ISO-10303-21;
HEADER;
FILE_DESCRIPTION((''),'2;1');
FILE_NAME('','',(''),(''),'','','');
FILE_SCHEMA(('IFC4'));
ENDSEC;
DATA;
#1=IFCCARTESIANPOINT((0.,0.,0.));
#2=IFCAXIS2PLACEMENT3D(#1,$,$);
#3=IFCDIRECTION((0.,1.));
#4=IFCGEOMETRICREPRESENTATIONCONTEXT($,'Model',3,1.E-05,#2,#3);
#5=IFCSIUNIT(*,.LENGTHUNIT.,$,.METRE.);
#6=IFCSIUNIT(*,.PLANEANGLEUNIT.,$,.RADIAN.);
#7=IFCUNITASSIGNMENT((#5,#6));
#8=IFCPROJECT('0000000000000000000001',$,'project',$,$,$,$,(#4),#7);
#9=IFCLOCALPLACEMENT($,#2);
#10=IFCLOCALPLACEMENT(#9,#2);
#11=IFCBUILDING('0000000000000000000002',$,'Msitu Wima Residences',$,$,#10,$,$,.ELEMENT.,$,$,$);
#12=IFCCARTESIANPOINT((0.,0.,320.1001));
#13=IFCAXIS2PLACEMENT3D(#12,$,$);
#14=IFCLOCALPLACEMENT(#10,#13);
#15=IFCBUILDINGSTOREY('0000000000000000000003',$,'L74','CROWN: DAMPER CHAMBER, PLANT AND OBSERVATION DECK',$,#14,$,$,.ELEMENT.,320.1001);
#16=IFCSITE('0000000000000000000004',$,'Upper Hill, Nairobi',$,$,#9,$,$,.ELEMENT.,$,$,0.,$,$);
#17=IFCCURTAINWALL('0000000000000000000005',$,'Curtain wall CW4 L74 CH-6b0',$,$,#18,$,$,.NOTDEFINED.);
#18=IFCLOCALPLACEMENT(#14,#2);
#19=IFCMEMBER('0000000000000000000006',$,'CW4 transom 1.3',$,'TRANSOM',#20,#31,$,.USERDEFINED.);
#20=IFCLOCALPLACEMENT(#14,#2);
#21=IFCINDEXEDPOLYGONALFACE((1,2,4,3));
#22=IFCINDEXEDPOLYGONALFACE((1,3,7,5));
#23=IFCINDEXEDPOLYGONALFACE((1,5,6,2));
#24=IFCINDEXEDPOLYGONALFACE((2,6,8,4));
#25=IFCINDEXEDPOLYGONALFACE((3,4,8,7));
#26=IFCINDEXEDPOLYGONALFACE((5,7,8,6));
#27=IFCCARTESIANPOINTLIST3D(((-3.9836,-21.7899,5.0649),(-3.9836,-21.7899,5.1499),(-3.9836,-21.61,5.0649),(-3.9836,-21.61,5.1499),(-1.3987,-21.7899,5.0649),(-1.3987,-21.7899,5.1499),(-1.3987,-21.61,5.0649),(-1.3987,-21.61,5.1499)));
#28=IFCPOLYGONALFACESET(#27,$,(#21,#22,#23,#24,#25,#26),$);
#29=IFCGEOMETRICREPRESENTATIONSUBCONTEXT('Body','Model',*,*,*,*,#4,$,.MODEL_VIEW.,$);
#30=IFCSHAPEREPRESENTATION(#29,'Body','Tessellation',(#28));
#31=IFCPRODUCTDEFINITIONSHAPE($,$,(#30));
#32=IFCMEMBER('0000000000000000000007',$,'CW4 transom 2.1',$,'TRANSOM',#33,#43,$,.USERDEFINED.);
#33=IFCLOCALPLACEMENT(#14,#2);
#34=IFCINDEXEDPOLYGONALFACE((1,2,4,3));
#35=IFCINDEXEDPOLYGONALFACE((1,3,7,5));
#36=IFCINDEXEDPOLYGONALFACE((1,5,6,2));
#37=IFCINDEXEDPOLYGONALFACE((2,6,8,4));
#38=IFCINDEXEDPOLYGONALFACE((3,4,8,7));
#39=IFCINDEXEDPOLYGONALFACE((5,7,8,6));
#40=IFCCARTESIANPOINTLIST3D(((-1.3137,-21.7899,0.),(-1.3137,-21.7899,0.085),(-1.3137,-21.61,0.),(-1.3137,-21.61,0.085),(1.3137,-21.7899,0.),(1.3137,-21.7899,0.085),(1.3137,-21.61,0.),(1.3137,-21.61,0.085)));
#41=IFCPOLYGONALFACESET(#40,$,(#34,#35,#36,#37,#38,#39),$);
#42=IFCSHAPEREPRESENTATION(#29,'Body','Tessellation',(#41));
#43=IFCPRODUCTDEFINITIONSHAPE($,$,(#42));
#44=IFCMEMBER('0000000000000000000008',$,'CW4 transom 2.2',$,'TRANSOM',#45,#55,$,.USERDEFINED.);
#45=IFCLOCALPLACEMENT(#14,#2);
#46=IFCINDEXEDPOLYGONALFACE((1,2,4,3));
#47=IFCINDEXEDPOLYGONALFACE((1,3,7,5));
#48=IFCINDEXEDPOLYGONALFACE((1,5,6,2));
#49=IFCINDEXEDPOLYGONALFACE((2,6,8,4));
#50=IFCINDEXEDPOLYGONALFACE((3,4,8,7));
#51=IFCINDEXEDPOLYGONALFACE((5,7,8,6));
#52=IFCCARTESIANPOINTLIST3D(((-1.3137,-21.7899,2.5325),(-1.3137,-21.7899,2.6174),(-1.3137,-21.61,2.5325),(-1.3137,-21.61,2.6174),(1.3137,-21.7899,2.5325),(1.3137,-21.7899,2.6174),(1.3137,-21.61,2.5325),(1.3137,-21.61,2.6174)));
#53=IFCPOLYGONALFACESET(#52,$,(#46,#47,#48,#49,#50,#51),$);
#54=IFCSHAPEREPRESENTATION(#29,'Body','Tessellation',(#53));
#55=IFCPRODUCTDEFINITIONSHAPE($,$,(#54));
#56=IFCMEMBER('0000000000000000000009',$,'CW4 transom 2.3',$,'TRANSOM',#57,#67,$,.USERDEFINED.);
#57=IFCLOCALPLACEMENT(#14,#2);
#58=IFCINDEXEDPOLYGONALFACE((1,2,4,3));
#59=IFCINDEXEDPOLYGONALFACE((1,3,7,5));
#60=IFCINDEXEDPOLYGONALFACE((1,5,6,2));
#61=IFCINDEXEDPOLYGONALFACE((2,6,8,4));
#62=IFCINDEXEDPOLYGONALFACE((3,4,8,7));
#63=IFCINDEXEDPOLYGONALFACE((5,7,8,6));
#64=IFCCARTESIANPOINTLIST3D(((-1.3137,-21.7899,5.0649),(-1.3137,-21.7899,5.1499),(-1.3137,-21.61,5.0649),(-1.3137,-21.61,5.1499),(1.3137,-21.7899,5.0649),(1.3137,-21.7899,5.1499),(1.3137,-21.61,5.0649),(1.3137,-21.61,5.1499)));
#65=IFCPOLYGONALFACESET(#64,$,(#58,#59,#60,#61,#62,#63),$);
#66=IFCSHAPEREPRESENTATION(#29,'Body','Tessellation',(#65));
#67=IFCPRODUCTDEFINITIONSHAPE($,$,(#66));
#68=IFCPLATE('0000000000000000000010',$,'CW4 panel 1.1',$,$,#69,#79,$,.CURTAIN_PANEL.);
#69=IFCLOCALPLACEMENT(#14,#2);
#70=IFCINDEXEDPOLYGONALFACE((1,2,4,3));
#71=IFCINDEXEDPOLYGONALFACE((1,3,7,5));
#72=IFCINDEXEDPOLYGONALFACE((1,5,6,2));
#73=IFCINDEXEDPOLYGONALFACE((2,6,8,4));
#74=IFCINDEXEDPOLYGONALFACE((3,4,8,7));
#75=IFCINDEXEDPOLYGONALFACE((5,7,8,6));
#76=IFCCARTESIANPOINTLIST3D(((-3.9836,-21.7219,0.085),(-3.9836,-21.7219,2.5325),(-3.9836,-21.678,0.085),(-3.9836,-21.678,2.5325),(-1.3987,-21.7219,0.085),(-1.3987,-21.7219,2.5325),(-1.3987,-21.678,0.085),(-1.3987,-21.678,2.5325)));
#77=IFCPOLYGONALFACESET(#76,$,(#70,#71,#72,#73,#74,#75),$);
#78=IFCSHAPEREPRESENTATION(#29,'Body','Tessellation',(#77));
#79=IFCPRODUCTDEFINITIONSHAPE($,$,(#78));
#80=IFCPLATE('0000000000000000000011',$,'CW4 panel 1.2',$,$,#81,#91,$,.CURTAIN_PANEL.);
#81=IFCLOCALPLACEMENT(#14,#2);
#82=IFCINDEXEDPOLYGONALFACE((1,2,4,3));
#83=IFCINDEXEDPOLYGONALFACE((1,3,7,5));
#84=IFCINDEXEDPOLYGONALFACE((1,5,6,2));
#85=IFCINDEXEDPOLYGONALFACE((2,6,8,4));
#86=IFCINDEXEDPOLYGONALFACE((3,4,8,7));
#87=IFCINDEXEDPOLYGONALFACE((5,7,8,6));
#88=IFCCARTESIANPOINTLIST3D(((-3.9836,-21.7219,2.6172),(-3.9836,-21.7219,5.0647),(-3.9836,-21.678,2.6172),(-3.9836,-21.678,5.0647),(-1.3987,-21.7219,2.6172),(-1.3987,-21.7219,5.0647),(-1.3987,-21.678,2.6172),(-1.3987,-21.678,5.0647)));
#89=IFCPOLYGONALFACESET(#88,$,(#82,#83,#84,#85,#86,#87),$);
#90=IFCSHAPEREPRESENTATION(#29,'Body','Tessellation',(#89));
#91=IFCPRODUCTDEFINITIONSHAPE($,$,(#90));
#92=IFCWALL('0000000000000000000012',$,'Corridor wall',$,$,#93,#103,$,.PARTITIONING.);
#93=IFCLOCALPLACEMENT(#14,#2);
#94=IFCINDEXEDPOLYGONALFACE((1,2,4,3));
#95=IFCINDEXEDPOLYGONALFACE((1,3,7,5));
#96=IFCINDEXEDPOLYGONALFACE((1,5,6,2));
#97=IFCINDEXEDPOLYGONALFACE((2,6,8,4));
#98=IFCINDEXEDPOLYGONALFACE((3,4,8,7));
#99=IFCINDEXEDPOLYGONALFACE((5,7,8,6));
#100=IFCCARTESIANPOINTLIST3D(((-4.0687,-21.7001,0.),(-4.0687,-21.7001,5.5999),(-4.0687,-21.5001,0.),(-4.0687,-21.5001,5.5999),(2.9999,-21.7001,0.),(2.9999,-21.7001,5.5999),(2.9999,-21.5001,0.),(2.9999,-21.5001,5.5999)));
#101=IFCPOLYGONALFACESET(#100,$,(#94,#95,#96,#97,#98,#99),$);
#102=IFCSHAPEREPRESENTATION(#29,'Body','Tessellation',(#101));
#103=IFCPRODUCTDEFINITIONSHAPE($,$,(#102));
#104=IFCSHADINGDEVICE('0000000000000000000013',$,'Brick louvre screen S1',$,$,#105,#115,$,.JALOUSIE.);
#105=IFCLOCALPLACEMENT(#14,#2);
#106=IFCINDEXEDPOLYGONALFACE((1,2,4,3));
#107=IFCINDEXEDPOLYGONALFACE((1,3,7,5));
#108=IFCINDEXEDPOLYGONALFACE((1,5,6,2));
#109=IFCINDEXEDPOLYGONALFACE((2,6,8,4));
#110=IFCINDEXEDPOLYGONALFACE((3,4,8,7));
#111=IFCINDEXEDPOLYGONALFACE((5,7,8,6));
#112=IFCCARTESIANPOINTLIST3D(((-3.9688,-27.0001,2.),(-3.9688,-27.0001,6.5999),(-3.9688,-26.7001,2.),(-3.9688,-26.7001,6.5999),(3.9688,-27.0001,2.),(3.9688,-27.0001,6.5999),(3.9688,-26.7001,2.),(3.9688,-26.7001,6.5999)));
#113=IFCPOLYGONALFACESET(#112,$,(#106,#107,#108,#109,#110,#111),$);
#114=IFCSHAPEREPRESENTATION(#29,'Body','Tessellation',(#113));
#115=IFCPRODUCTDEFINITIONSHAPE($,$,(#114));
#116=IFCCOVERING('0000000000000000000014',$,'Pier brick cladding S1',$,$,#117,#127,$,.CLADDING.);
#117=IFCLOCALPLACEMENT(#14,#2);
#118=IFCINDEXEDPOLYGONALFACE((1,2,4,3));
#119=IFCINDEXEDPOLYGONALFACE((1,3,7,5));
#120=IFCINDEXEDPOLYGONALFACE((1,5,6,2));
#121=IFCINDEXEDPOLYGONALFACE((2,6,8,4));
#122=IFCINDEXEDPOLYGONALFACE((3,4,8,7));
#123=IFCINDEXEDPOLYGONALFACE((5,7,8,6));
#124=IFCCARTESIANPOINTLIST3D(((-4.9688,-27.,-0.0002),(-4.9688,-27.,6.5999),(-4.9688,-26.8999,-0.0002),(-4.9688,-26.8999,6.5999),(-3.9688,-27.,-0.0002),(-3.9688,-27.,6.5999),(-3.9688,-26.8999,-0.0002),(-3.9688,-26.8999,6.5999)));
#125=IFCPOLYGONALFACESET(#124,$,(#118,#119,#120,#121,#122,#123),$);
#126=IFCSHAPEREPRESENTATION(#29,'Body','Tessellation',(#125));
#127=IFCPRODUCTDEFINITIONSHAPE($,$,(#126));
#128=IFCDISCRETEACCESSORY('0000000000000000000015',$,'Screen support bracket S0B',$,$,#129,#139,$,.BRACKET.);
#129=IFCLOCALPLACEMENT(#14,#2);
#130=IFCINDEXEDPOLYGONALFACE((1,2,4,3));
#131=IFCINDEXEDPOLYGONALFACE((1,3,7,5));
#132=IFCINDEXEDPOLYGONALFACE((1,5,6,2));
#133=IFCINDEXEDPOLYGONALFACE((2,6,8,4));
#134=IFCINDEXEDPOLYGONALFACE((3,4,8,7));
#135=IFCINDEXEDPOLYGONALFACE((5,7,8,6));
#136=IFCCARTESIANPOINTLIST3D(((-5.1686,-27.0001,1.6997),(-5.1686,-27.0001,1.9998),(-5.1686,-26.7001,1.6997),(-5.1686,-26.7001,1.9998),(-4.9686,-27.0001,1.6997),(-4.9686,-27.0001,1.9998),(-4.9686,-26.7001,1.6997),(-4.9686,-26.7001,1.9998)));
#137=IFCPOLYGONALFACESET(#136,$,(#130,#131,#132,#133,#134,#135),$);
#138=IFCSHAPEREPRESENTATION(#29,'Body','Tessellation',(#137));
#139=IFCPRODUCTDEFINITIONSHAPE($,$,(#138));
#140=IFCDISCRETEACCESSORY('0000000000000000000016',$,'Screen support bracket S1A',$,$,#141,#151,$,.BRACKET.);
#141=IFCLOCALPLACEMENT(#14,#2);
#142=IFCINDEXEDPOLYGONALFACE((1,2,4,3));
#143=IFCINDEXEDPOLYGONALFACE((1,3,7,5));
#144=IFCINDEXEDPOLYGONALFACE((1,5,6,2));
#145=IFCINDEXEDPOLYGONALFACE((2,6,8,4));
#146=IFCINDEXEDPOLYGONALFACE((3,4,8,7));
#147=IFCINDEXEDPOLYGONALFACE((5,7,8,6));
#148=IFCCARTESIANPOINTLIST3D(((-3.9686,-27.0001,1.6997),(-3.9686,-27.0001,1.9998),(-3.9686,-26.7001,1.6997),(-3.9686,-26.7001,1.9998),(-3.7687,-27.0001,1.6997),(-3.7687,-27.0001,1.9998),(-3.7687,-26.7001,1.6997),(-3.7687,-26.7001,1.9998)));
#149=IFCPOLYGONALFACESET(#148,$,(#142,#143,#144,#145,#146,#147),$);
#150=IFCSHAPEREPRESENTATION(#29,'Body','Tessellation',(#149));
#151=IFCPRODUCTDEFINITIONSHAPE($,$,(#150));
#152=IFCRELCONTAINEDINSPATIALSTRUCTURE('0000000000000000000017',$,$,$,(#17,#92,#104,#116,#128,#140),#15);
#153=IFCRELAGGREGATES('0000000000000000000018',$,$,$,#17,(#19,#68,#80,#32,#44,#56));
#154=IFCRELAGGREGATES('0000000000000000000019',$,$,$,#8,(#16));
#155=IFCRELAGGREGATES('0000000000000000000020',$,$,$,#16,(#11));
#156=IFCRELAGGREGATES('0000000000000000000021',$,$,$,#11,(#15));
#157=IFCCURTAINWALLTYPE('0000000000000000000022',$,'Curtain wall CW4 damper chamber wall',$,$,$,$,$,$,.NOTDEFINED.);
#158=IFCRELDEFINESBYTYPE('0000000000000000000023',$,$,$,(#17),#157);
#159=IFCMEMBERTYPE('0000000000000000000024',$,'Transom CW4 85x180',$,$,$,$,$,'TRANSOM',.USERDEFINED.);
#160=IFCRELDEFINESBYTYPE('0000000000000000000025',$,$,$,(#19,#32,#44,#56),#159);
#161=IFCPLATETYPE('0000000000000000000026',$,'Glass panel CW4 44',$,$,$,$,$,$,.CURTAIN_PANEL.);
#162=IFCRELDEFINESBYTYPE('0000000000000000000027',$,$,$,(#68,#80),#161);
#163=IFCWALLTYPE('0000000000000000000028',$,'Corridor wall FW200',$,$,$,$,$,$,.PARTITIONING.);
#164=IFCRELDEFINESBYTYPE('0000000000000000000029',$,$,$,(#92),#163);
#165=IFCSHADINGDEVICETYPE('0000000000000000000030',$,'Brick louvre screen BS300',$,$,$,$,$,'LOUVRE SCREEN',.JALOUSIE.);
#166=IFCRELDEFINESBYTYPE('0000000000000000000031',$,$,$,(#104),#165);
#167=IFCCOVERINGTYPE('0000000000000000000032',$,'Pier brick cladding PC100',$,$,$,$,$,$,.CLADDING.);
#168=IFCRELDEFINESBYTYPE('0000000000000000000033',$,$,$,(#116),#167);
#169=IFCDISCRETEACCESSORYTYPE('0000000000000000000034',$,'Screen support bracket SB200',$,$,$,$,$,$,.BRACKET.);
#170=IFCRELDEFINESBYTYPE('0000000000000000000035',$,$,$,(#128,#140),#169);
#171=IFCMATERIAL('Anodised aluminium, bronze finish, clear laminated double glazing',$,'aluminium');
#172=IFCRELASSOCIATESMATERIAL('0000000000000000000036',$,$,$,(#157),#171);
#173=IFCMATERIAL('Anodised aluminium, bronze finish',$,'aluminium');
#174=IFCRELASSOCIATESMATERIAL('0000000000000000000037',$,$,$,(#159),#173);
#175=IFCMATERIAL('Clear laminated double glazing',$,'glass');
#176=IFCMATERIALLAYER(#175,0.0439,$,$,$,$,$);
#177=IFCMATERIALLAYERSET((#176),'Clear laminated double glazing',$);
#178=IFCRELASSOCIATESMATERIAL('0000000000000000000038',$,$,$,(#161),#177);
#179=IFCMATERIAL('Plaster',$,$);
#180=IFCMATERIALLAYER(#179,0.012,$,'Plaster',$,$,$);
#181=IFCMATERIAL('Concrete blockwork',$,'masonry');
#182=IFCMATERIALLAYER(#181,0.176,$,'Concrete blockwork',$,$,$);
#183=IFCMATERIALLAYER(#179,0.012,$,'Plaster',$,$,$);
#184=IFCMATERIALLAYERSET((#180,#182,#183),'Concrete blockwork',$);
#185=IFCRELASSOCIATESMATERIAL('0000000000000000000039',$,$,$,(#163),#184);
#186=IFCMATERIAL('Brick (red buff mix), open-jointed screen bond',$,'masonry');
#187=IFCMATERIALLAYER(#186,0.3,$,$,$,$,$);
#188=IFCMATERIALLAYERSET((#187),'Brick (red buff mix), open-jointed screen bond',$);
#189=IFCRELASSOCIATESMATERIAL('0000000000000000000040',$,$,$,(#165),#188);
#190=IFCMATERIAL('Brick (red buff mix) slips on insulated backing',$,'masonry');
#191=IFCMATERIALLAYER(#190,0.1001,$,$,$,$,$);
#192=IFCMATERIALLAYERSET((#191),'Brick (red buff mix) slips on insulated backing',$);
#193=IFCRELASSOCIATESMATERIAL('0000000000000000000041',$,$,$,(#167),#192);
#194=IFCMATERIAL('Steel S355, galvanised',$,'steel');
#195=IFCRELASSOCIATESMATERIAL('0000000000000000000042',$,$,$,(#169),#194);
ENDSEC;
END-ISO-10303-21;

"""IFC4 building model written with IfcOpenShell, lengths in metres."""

from ifc_helpers import new_model, si_unit, direction, frame, frame_2d, origin, origin_2d, place, context, subcontext, project, spatial, rectangle, extrude, material, layer, layer_set, material_profile, profile_set, type_object, element, aggregate, save


model = new_model("IFC4")

# Units and contexts
model_context = context("Model", 3, precision=1e-05, world=origin(), true_north=direction((0.0, 1.0)))
body_context = subcontext(model_context, "Body", "Model", "MODEL_VIEW")
ifc_project = project(units=[si_unit("LENGTHUNIT", "METRE"), si_unit("PLANEANGLEUNIT", "RADIAN")], contexts=[model_context])

# Site, building, storey
site_placement = place(None, origin())
site = spatial("IfcSite", under=ifc_project, at=site_placement, Name="Upper Hill, Nairobi", CompositionType="ELEMENT", RefElevation=0.0)
building_placement = place(site_placement, origin())
building = spatial("IfcBuilding", under=site, at=building_placement, Name="Msitu Wima Residences", CompositionType="ELEMENT")
storey_placement = place(building_placement, frame((0.0, 0.0, 320.1001)))
storey = spatial("IfcBuildingStorey", under=building, at=storey_placement, Name="L74", Description="CROWN: DAMPER CHAMBER, PLANT AND OBSERVATION DECK", CompositionType="ELEMENT", Elevation=320.1001)

# Shared definitions
ifc_material_1 = material(Name="Anodised aluminium, bronze finish, clear laminated double glazing", Category="aluminium")
curtain_wall_type = type_object("IfcCurtainWallType", Name="Curtain wall CW4 damper chamber wall", PredefinedType="NOTDEFINED", material=ifc_material_1)
ifc_material_2 = material(Name="Anodised aluminium, bronze finish", Category="aluminium")

# Curtain wall, members, plates
curtain_wall_1_placement = place(storey_placement, origin())
curtain_wall_1 = element("IfcCurtainWall", 1, at=curtain_wall_1_placement, inside=storey, type_object=curtain_wall_type, Name="Curtain wall CW4 L74 CH-6b0", PredefinedType="NOTDEFINED")
ifc_material_profile_1 = material_profile(ifc_material_2, rectangle(XDim=0.1799, YDim=0.085, at=origin_2d()), Name="Transom 85x180")
ifc_profile_set_1 = profile_set([ifc_material_profile_1], Name="Anodised aluminium, bronze finish")
member_type_1 = type_object("IfcMemberType", Name="Transom CW4 85x180", ElementType="TRANSOM", PredefinedType="USERDEFINED", material=ifc_profile_set_1)
member_1_placement = place(storey_placement, frame((-3.9836, -21.7, 5.1074), z_axis=(1.0, 0.0, 0.0), x_axis=(0.0, 1.0, 0.0)))
member_1 = element("IfcMember", 2, at=member_1_placement, type_object=member_type_1, Name="CW4 transom 1.3", ObjectType="TRANSOM", PredefinedType="USERDEFINED", context=body_context, shape_type="SweptSolid", body=[
    extrude(rectangle(XDim=0.1799, YDim=0.085, at=origin_2d()), origin(), (0.0, 0.0, 1.0), 2.585),
])
member_2_placement = place(storey_placement, frame((-1.3137, -21.7, 0.0425), z_axis=(1.0, 0.0, 0.0), x_axis=(0.0, 1.0, 0.0)))
member_2 = element("IfcMember", 3, at=member_2_placement, type_object=member_type_1, Name="CW4 transom 2.1", ObjectType="TRANSOM", PredefinedType="USERDEFINED", context=body_context, shape_type="SweptSolid", body=[
    extrude(rectangle(XDim=0.1799, YDim=0.085, at=origin_2d()), origin(), (0.0, 0.0, 1.0), 2.6274),
])
member_3_placement = place(storey_placement, frame((-1.3137, -21.7, 2.575), z_axis=(1.0, 0.0, 0.0), x_axis=(0.0, 1.0, 0.0)))
member_3 = element("IfcMember", 4, at=member_3_placement, type_object=member_type_1, Name="CW4 transom 2.2", ObjectType="TRANSOM", PredefinedType="USERDEFINED", context=body_context, shape_type="SweptSolid", body=[
    extrude(rectangle(XDim=0.1799, YDim=0.085, at=origin_2d()), origin(), (0.0, 0.0, 1.0), 2.6274),
])
member_4_placement = place(storey_placement, frame((-1.3137, -21.7, 5.1074), z_axis=(1.0, 0.0, 0.0), x_axis=(0.0, 1.0, 0.0)))
member_4 = element("IfcMember", 5, at=member_4_placement, type_object=member_type_1, Name="CW4 transom 2.3", ObjectType="TRANSOM", PredefinedType="USERDEFINED", context=body_context, shape_type="SweptSolid", body=[
    extrude(rectangle(XDim=0.1799, YDim=0.085, at=origin_2d()), origin(), (0.0, 0.0, 1.0), 2.6274),
])
ifc_material_3 = material(Name="Clear laminated double glazing", Category="glass")
ifc_layer_1 = layer(ifc_material_3, 0.0439)
ifc_layer_set_1 = layer_set([ifc_layer_1], Name="Clear laminated double glazing")
plate_type = type_object("IfcPlateType", Name="Glass panel CW4 44", PredefinedType="CURTAIN_PANEL", material=ifc_layer_set_1)
plate_1_placement = place(storey_placement, frame((-2.6912, -21.7, 0.085), z_axis=(0.0, 0.0, 1.0), x_axis=(1.0, 0.0, 0.0)))
plate_1 = element("IfcPlate", 6, at=plate_1_placement, type_object=plate_type, Name="CW4 panel 1.1", PredefinedType="CURTAIN_PANEL", context=body_context, shape_type="SweptSolid", body=[
    extrude(rectangle(XDim=2.585, YDim=0.0439, at=origin_2d()), origin(), (0.0, 0.0, 1.0), 2.4475),
])
plate_2_placement = place(storey_placement, frame((-2.6912, -21.7, 2.6172), z_axis=(0.0, 0.0, 1.0), x_axis=(1.0, 0.0, 0.0)))
plate_2 = element("IfcPlate", 7, at=plate_2_placement, type_object=plate_type, Name="CW4 panel 1.2", PredefinedType="CURTAIN_PANEL", context=body_context, shape_type="SweptSolid", body=[
    extrude(rectangle(XDim=2.585, YDim=0.0439, at=origin_2d()), origin(), (0.0, 0.0, 1.0), 2.4475),
])
aggregate(curtain_wall_1, [member_1, plate_1, plate_2, member_2, member_3, member_4])

# Wall
ifc_material_4 = material(Name="Plaster")
ifc_layer_2 = layer(ifc_material_4, 0.012, Name="Plaster")
ifc_material_5 = material(Name="Concrete blockwork", Category="masonry")
ifc_layer_3 = layer(ifc_material_5, 0.176, Name="Concrete blockwork")
ifc_layer_4 = layer(ifc_material_4, 0.012, Name="Plaster")
ifc_layer_set_2 = layer_set([ifc_layer_2, ifc_layer_3, ifc_layer_4], Name="Concrete blockwork")
wall_type = type_object("IfcWallType", Name="Corridor wall FW200", PredefinedType="PARTITIONING", material=ifc_layer_set_2)
wall_placement = place(storey_placement, frame((-4.0686, -21.6001, 0.0), z_axis=(0.0, 0.0, 1.0), x_axis=(1.0, 0.0, 0.0)))
element("IfcWall", 8, at=wall_placement, inside=storey, type_object=wall_type, Name="Corridor wall", PredefinedType="PARTITIONING", context=body_context, shape_type="SweptSolid", body=[
    extrude(rectangle(XDim=7.0686, YDim=0.2, at=frame_2d((3.5342, 0.0))), origin(), (0.0, 0.0, 1.0), 5.5999),
])

# Shading device
ifc_material_6 = material(Name="Brick (red buff mix), open-jointed screen bond", Category="masonry")
ifc_layer_5 = layer(ifc_material_6, 0.3)
ifc_layer_set_3 = layer_set([ifc_layer_5], Name="Brick (red buff mix), open-jointed screen bond")
shading_device_type = type_object("IfcShadingDeviceType", Name="Brick louvre screen BS300", ElementType="LOUVRE SCREEN", PredefinedType="JALOUSIE", material=ifc_layer_set_3)
shading_device_placement = place(storey_placement, frame((-3.9688, -26.8501, 2.0), z_axis=(0.0, 0.0, 1.0), x_axis=(1.0, 0.0, 0.0)))
element("IfcShadingDevice", 9, at=shading_device_placement, inside=storey, type_object=shading_device_type, Name="Brick louvre screen S1", PredefinedType="JALOUSIE", context=body_context, shape_type="SweptSolid", body=[
    extrude(rectangle(XDim=7.9375, YDim=0.3, at=frame_2d((3.9688, 0.0))), origin(), (0.0, 0.0, 1.0), 4.5999),
])

# Covering
ifc_material_7 = material(Name="Brick (red buff mix) slips on insulated backing", Category="masonry")
ifc_layer_6 = layer(ifc_material_7, 0.1001)
ifc_layer_set_4 = layer_set([ifc_layer_6], Name="Brick (red buff mix) slips on insulated backing")
covering_type = type_object("IfcCoveringType", Name="Pier brick cladding PC100", PredefinedType="CLADDING", material=ifc_layer_set_4)
covering_placement = place(storey_placement, frame((-4.4688, -26.95, -0.0002), z_axis=(0.0, 0.0, 1.0), x_axis=(1.0, 0.0, 0.0)))
element("IfcCovering", 10, at=covering_placement, inside=storey, type_object=covering_type, Name="Pier brick cladding S1", PredefinedType="CLADDING", context=body_context, shape_type="SweptSolid", body=[
    extrude(rectangle(XDim=1.0, YDim=0.1001, at=origin_2d()), origin(), (0.0, 0.0, 1.0), 6.6001),
])

# Discrete accessories
ifc_material_8 = material(Name="Steel S355, galvanised", Category="steel")
discrete_accessory_type = type_object("IfcDiscreteAccessoryType", Name="Screen support bracket SB200", PredefinedType="BRACKET", material=ifc_material_8)
for number, where, z_axis, x_axis, name in (
    (11, (-5.0686, -26.8501, 1.6997), (0.0, 0.0, 1.0), (1.0, 0.0, 0.0), "Screen support bracket S0B"),
    (12, (-3.8687, -26.8501, 1.6997), (0.0, 0.0, 1.0), (1.0, 0.0, 0.0), "Screen support bracket S1A"),
):
    element("IfcDiscreteAccessory", number, at=place(storey_placement, frame(where, z_axis=z_axis, x_axis=x_axis)), inside=storey, type_object=discrete_accessory_type, Name=name, PredefinedType="BRACKET", context=body_context, shape_type="SweptSolid", body=[
        extrude(rectangle(XDim=0.2, YDim=0.3, at=origin_2d()), origin(), (0.0, 0.0, 1.0), 0.3),
    ])

save(model, "model.ifc")
